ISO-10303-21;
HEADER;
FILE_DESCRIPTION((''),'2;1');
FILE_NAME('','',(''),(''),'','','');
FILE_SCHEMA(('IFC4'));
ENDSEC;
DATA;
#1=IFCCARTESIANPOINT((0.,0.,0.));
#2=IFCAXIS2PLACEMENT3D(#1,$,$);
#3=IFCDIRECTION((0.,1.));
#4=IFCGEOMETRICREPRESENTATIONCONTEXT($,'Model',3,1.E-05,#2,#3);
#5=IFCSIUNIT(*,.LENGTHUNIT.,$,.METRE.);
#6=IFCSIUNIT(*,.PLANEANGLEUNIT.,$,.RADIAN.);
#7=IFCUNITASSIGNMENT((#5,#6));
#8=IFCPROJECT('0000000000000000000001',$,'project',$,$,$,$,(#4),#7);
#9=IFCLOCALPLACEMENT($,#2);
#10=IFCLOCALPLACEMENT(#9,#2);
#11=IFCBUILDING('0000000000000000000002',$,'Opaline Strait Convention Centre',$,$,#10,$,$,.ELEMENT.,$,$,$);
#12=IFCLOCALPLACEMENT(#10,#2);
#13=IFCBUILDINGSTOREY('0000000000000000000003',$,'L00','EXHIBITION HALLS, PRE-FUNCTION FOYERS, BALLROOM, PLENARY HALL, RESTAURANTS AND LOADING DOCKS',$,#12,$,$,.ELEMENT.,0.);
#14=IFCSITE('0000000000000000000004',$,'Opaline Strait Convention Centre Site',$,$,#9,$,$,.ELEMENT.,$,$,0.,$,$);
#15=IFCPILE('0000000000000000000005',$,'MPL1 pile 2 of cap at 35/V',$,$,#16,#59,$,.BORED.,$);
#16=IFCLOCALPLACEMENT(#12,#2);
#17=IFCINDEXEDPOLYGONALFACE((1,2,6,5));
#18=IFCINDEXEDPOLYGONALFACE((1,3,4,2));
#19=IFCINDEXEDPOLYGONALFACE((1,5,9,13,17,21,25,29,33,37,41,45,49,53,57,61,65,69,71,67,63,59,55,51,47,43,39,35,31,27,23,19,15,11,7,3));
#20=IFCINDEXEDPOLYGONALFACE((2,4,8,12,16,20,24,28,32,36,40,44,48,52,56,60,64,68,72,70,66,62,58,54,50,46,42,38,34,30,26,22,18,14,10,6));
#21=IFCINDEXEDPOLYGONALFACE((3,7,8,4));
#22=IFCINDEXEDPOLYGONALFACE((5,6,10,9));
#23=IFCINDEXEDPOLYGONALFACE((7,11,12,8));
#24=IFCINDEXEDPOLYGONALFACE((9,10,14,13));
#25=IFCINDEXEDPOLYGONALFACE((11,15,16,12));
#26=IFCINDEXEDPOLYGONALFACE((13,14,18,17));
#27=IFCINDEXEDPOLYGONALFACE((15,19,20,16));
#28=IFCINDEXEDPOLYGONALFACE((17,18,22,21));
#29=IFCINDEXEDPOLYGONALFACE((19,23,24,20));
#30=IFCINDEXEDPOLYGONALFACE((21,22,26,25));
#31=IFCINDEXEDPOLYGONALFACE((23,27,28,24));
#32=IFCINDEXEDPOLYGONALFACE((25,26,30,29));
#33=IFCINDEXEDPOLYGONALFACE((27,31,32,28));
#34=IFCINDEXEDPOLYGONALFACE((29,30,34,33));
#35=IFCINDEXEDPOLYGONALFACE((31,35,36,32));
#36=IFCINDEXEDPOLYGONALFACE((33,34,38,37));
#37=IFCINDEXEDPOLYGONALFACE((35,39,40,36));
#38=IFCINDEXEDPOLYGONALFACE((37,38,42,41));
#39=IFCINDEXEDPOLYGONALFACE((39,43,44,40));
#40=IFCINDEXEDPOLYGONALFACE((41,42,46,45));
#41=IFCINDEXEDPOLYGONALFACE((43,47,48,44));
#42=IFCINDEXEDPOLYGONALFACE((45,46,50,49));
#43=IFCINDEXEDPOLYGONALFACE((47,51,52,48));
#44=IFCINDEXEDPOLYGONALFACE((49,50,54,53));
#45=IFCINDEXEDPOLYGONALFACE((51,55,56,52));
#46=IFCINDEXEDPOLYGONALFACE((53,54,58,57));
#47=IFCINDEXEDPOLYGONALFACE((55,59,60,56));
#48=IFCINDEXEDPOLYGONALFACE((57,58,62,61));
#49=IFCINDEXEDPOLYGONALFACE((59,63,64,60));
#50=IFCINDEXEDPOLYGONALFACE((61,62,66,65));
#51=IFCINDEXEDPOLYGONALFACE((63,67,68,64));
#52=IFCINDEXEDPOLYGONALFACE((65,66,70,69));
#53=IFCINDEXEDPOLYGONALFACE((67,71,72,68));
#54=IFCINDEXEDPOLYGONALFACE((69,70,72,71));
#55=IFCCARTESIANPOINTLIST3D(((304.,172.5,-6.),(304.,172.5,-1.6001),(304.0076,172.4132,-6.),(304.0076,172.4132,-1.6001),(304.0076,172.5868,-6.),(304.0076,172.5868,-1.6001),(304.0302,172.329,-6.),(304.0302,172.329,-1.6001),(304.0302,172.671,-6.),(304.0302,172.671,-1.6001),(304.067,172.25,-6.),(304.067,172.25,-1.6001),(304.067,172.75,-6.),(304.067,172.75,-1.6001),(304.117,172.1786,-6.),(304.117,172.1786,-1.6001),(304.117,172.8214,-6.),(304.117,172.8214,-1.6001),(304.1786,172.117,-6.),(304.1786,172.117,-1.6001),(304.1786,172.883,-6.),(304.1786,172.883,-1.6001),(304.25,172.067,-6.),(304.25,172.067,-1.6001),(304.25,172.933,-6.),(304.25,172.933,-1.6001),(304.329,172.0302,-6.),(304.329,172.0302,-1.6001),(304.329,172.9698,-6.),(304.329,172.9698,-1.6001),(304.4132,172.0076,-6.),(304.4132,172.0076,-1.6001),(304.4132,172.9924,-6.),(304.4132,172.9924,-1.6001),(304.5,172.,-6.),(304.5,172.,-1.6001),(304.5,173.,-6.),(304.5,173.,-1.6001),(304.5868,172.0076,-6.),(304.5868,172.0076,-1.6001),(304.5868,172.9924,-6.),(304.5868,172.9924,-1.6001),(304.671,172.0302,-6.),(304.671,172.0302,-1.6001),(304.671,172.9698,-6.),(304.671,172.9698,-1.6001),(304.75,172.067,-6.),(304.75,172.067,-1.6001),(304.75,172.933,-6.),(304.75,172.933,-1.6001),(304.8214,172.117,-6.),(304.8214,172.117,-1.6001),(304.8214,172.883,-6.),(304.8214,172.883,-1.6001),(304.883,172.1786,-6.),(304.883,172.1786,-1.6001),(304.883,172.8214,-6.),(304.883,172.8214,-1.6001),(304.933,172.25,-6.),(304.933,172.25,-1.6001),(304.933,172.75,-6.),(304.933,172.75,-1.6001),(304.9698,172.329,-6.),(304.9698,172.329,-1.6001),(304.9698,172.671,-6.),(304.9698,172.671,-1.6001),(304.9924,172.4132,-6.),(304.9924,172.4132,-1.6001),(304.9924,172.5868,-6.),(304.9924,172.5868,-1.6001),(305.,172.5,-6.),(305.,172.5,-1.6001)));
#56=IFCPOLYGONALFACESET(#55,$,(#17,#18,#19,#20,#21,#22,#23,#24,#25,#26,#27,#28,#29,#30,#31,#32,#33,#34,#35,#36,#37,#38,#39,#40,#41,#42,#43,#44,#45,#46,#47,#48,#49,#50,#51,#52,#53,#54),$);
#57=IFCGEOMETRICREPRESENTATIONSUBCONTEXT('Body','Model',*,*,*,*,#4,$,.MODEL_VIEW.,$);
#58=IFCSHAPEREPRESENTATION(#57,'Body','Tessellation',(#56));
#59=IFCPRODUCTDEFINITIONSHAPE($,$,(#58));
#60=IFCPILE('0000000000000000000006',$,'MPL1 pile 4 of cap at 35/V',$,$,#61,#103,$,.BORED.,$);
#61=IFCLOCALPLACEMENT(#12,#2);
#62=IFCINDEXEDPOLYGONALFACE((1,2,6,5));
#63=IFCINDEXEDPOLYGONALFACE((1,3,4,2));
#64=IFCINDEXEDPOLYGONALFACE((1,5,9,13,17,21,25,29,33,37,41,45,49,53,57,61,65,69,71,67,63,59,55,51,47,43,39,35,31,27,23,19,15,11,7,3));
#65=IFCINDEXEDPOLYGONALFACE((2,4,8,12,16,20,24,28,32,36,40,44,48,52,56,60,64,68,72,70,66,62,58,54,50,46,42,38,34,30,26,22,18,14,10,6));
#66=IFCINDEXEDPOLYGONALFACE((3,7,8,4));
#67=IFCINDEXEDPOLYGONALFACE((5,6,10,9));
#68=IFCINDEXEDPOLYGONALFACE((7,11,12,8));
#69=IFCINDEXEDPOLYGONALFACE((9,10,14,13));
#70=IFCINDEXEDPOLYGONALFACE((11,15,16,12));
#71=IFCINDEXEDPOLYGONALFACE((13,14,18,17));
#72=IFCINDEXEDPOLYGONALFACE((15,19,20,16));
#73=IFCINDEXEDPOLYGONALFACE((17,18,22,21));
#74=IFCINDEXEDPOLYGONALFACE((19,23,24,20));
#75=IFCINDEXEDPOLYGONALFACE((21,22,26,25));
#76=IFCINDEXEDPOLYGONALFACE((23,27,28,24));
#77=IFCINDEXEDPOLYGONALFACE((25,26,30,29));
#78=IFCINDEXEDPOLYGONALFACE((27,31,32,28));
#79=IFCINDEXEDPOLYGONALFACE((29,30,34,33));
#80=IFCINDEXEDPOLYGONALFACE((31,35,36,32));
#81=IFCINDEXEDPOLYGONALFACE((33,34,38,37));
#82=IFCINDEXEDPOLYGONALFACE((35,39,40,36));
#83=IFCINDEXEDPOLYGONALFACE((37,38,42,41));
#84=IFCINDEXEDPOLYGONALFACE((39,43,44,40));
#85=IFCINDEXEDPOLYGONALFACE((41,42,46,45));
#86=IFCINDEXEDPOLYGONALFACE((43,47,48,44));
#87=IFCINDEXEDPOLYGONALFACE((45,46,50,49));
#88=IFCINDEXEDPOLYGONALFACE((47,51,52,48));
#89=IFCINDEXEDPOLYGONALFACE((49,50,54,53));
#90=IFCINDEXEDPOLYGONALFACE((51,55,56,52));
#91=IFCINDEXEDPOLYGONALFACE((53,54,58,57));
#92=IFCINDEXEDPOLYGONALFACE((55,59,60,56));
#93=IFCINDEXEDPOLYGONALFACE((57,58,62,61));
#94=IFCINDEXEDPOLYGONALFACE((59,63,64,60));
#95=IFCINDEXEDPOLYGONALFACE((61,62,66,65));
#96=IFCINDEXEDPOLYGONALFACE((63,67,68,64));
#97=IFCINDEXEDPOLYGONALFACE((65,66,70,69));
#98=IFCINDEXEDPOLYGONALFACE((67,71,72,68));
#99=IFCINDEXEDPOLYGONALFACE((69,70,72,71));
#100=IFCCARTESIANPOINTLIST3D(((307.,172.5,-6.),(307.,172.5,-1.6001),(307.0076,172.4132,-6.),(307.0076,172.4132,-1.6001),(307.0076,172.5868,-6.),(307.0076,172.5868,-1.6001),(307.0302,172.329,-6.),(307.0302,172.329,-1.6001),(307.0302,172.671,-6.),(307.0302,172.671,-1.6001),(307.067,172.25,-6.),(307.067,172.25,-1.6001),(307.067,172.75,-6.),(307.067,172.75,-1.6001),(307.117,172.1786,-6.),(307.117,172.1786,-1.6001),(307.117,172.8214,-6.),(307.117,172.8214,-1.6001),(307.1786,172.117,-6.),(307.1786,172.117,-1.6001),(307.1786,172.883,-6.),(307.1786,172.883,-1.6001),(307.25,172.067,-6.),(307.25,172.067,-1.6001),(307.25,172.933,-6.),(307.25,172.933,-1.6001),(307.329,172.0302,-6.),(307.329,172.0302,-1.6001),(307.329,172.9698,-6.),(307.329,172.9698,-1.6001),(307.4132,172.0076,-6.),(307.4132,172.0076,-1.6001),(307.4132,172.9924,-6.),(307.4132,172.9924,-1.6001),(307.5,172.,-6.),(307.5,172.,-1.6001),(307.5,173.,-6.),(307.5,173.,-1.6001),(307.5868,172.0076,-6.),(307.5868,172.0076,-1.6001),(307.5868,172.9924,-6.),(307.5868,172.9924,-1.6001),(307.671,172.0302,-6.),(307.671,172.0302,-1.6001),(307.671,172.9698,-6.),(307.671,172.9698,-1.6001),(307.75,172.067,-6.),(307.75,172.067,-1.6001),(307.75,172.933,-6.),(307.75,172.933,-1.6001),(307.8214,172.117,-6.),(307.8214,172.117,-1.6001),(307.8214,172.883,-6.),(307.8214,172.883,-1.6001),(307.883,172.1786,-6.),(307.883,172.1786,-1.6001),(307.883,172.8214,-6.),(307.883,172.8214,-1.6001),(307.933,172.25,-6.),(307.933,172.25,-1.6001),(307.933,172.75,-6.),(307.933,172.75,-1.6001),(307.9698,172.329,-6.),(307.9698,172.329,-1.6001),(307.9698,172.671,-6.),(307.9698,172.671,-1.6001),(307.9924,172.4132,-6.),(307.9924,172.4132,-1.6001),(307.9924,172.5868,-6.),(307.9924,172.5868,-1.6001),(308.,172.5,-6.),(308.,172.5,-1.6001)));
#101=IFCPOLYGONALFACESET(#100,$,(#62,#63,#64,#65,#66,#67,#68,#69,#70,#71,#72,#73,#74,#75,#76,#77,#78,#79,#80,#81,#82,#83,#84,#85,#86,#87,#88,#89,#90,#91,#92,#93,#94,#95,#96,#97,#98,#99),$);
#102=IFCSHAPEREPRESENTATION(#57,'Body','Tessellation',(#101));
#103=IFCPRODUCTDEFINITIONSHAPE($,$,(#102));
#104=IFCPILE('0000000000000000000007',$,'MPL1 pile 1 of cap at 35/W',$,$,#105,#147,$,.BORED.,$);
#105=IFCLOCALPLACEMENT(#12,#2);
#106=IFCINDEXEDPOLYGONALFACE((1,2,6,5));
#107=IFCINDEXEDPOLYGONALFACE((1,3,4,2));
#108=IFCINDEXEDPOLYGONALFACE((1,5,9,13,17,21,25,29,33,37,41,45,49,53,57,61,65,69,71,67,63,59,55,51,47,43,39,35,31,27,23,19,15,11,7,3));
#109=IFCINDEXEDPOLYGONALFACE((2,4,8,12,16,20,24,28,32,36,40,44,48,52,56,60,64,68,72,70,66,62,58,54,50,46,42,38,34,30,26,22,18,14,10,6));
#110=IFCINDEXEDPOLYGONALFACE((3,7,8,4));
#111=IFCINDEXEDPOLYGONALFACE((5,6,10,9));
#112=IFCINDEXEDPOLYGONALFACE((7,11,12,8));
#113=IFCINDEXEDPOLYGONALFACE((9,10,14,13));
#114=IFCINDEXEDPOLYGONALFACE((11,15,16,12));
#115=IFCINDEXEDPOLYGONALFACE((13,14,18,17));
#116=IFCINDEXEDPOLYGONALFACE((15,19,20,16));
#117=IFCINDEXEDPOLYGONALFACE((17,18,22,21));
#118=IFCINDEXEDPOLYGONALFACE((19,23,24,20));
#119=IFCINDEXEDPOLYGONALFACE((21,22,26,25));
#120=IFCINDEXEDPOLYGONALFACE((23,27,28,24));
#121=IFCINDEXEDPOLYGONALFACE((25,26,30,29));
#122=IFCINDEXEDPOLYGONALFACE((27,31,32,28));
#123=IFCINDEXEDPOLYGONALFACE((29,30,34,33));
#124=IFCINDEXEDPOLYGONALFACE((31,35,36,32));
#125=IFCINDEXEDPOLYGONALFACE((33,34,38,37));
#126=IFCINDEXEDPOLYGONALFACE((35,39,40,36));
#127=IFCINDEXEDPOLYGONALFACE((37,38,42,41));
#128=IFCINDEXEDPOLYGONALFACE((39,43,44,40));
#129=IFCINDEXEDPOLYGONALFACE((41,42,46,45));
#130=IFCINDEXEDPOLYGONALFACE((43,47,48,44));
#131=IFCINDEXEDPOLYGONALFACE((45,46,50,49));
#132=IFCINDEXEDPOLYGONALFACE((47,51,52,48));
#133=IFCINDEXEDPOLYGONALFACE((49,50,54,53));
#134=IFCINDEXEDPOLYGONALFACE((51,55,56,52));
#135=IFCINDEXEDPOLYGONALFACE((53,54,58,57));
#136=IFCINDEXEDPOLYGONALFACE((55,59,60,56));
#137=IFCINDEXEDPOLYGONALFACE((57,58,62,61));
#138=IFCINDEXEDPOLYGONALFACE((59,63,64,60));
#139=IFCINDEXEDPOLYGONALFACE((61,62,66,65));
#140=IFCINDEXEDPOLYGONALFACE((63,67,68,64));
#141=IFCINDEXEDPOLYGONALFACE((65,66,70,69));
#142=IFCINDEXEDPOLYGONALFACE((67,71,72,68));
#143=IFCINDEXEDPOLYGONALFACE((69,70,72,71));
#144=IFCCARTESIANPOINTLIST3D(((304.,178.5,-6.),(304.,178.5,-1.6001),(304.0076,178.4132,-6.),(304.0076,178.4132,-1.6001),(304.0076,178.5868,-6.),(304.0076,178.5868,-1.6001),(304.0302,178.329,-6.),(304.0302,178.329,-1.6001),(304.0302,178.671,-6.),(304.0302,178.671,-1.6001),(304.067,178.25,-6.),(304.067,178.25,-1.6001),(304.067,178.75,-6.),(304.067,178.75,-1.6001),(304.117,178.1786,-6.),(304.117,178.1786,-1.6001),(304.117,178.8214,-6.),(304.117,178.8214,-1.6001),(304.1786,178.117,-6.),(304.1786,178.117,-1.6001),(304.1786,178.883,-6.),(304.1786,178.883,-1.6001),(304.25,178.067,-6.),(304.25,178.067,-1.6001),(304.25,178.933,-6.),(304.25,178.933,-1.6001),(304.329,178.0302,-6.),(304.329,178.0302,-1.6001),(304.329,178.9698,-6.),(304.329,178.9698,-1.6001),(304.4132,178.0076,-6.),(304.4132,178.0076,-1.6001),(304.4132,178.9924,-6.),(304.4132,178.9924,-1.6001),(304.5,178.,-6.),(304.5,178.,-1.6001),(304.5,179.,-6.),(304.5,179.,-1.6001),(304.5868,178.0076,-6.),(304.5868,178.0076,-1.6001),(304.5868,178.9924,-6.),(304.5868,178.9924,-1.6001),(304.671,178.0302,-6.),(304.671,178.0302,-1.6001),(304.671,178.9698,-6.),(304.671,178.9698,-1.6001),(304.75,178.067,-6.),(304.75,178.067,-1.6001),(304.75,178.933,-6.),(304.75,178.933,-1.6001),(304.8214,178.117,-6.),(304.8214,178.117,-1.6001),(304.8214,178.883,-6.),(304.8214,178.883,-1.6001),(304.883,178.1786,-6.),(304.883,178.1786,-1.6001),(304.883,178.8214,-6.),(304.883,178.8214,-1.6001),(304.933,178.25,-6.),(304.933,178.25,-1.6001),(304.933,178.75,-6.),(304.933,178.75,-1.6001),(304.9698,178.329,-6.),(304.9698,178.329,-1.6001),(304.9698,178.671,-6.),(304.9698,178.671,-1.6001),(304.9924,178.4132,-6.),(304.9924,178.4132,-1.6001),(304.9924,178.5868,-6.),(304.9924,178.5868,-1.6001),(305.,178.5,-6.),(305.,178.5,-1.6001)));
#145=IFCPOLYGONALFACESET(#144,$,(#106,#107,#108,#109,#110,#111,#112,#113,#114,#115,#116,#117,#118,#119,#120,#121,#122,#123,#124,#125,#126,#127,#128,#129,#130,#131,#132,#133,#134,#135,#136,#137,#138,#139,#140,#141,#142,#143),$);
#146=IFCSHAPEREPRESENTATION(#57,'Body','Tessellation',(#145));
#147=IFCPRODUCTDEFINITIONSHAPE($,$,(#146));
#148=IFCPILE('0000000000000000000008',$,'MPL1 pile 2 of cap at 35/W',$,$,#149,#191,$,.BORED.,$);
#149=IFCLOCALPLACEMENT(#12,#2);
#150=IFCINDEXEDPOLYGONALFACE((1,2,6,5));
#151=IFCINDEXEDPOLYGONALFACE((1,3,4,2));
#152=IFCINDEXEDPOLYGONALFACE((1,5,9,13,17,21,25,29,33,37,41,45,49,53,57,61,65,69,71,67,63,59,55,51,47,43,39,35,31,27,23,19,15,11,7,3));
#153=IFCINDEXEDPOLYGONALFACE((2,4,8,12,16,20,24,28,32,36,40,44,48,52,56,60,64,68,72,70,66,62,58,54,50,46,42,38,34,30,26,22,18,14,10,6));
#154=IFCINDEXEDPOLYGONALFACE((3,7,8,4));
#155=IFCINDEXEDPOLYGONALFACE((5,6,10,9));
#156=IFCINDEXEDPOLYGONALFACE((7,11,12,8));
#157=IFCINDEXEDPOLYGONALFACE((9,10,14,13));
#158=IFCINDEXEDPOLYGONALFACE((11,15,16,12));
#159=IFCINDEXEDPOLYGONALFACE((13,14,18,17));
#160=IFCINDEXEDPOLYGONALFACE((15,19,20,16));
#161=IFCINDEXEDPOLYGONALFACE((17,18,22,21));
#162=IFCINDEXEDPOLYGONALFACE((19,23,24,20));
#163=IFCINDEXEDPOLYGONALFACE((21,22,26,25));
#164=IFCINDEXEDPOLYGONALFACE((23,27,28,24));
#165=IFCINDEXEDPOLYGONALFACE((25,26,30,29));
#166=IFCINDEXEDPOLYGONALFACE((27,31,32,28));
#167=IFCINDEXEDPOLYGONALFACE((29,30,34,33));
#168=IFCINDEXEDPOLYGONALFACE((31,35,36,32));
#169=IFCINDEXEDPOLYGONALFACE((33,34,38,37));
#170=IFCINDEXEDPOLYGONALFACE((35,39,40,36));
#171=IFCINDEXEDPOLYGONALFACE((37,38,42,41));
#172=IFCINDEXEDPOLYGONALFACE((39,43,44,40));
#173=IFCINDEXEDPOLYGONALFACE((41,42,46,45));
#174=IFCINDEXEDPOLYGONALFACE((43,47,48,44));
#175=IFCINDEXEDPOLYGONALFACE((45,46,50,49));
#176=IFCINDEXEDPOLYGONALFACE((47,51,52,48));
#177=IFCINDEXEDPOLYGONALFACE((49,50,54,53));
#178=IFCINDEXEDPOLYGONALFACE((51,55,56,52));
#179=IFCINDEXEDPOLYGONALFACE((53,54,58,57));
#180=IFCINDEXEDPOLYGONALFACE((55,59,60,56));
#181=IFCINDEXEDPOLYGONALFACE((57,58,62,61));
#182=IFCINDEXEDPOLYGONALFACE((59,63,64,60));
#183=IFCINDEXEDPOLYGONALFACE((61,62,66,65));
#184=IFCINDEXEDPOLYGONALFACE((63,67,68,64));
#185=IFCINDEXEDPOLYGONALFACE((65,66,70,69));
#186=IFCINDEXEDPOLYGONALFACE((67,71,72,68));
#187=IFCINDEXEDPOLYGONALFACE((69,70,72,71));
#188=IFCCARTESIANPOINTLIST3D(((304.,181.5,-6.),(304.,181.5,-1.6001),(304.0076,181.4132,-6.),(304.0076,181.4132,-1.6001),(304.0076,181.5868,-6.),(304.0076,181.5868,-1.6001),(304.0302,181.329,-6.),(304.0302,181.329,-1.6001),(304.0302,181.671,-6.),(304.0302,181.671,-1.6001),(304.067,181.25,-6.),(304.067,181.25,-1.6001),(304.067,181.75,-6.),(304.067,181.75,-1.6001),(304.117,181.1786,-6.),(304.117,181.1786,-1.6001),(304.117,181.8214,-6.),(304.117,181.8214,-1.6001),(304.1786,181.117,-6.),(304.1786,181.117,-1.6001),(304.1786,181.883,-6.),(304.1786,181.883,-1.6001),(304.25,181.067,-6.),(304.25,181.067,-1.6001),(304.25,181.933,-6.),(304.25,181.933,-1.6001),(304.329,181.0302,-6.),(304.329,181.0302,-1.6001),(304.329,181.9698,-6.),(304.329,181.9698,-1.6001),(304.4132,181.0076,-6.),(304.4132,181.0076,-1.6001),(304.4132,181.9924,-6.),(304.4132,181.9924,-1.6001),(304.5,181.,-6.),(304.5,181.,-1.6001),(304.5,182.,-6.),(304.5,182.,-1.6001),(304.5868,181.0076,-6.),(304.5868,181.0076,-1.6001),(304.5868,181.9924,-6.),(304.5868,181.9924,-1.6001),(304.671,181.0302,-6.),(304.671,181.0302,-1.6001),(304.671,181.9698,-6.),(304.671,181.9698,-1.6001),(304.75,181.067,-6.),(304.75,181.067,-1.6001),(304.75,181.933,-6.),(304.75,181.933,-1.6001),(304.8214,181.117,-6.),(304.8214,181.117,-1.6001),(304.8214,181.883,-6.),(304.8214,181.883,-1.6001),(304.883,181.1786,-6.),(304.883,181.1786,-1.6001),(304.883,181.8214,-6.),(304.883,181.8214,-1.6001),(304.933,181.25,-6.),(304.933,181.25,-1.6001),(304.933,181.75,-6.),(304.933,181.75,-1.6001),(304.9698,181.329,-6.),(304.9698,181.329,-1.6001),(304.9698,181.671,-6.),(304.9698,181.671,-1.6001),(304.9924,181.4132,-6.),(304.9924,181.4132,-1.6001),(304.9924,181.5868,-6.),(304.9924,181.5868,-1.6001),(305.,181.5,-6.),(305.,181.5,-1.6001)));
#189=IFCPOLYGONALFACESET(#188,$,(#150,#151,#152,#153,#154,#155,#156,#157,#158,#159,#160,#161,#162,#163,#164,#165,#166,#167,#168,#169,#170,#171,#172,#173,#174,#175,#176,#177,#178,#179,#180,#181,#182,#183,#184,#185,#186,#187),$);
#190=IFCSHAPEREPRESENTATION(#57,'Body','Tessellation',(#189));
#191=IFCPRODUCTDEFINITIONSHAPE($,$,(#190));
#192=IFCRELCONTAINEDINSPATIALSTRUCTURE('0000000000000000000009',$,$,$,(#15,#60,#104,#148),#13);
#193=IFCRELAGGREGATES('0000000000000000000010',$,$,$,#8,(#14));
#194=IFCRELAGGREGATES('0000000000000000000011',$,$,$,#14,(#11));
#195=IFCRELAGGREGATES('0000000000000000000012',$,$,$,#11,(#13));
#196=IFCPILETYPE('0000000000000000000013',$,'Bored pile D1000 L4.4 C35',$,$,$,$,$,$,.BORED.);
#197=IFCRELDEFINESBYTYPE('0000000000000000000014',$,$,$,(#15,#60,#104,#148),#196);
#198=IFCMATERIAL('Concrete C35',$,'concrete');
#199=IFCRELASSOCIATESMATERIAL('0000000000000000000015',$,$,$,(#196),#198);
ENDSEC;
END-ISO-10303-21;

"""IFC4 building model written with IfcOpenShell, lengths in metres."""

from ifc_helpers import new_model, si_unit, direction, frame, origin, origin_2d, place, context, subcontext, project, spatial, circle, extrude, material, material_profile, profile_set, type_object, element, save


model = new_model("IFC4")

# Units and contexts
model_context = context("Model", 3, precision=1e-05, world=origin(), true_north=direction((0.0, 1.0)))
body_context = subcontext(model_context, "Body", "Model", "MODEL_VIEW")
ifc_project = project(units=[si_unit("LENGTHUNIT", "METRE"), si_unit("PLANEANGLEUNIT", "RADIAN")], contexts=[model_context])

# Site, building, storey
site_placement = place(None, origin())
site = spatial("IfcSite", under=ifc_project, at=site_placement, Name="Opaline Strait Convention Centre Site", CompositionType="ELEMENT", RefElevation=0.0)
building_placement = place(site_placement, origin())
building = spatial("IfcBuilding", under=site, at=building_placement, Name="Opaline Strait Convention Centre", CompositionType="ELEMENT")
storey_placement = place(building_placement, origin())
storey = spatial("IfcBuildingStorey", under=building, at=storey_placement, Name="L00", Description="EXHIBITION HALLS, PRE-FUNCTION FOYERS, BALLROOM, PLENARY HALL, RESTAURANTS AND LOADING DOCKS", CompositionType="ELEMENT", Elevation=0.0)

# Piles
ifc_material_1 = material(Name="Concrete C35", Category="concrete")
ifc_material_profile_1 = material_profile(ifc_material_1, circle(Radius=0.5, at=origin_2d()), Name="D1000")
ifc_profile_set_1 = profile_set([ifc_material_profile_1], Name="Concrete C35")
pile_type = type_object("IfcPileType", Name="Bored pile D1000 L4.4 C35", PredefinedType="BORED", material=ifc_profile_set_1)
for number, where, z_axis, x_axis, name in (
    (1, (304.5, 172.5, -1.6001), (0.0, 0.0, -1.0), (1.0, 0.0, 0.0), "MPL1 pile 2 of cap at 35/V"),
    (2, (307.5, 172.5, -1.6001), (0.0, 0.0, -1.0), (1.0, 0.0, 0.0), "MPL1 pile 4 of cap at 35/V"),
    (3, (304.5, 178.5, -1.6001), (0.0, 0.0, -1.0), (1.0, 0.0, 0.0), "MPL1 pile 1 of cap at 35/W"),
    (4, (304.5, 181.5, -1.6001), (0.0, 0.0, -1.0), (1.0, 0.0, 0.0), "MPL1 pile 2 of cap at 35/W"),
):
    element("IfcPile", number, at=place(storey_placement, frame(where, z_axis=z_axis, x_axis=x_axis)), inside=storey, type_object=pile_type, Name=name, PredefinedType="BORED", context=body_context, shape_type="SweptSolid", body=[
        extrude(circle(Radius=0.5, at=origin_2d()), origin(), (0.0, 0.0, 1.0), 4.3999),
    ])

save(model, "model.ifc")
